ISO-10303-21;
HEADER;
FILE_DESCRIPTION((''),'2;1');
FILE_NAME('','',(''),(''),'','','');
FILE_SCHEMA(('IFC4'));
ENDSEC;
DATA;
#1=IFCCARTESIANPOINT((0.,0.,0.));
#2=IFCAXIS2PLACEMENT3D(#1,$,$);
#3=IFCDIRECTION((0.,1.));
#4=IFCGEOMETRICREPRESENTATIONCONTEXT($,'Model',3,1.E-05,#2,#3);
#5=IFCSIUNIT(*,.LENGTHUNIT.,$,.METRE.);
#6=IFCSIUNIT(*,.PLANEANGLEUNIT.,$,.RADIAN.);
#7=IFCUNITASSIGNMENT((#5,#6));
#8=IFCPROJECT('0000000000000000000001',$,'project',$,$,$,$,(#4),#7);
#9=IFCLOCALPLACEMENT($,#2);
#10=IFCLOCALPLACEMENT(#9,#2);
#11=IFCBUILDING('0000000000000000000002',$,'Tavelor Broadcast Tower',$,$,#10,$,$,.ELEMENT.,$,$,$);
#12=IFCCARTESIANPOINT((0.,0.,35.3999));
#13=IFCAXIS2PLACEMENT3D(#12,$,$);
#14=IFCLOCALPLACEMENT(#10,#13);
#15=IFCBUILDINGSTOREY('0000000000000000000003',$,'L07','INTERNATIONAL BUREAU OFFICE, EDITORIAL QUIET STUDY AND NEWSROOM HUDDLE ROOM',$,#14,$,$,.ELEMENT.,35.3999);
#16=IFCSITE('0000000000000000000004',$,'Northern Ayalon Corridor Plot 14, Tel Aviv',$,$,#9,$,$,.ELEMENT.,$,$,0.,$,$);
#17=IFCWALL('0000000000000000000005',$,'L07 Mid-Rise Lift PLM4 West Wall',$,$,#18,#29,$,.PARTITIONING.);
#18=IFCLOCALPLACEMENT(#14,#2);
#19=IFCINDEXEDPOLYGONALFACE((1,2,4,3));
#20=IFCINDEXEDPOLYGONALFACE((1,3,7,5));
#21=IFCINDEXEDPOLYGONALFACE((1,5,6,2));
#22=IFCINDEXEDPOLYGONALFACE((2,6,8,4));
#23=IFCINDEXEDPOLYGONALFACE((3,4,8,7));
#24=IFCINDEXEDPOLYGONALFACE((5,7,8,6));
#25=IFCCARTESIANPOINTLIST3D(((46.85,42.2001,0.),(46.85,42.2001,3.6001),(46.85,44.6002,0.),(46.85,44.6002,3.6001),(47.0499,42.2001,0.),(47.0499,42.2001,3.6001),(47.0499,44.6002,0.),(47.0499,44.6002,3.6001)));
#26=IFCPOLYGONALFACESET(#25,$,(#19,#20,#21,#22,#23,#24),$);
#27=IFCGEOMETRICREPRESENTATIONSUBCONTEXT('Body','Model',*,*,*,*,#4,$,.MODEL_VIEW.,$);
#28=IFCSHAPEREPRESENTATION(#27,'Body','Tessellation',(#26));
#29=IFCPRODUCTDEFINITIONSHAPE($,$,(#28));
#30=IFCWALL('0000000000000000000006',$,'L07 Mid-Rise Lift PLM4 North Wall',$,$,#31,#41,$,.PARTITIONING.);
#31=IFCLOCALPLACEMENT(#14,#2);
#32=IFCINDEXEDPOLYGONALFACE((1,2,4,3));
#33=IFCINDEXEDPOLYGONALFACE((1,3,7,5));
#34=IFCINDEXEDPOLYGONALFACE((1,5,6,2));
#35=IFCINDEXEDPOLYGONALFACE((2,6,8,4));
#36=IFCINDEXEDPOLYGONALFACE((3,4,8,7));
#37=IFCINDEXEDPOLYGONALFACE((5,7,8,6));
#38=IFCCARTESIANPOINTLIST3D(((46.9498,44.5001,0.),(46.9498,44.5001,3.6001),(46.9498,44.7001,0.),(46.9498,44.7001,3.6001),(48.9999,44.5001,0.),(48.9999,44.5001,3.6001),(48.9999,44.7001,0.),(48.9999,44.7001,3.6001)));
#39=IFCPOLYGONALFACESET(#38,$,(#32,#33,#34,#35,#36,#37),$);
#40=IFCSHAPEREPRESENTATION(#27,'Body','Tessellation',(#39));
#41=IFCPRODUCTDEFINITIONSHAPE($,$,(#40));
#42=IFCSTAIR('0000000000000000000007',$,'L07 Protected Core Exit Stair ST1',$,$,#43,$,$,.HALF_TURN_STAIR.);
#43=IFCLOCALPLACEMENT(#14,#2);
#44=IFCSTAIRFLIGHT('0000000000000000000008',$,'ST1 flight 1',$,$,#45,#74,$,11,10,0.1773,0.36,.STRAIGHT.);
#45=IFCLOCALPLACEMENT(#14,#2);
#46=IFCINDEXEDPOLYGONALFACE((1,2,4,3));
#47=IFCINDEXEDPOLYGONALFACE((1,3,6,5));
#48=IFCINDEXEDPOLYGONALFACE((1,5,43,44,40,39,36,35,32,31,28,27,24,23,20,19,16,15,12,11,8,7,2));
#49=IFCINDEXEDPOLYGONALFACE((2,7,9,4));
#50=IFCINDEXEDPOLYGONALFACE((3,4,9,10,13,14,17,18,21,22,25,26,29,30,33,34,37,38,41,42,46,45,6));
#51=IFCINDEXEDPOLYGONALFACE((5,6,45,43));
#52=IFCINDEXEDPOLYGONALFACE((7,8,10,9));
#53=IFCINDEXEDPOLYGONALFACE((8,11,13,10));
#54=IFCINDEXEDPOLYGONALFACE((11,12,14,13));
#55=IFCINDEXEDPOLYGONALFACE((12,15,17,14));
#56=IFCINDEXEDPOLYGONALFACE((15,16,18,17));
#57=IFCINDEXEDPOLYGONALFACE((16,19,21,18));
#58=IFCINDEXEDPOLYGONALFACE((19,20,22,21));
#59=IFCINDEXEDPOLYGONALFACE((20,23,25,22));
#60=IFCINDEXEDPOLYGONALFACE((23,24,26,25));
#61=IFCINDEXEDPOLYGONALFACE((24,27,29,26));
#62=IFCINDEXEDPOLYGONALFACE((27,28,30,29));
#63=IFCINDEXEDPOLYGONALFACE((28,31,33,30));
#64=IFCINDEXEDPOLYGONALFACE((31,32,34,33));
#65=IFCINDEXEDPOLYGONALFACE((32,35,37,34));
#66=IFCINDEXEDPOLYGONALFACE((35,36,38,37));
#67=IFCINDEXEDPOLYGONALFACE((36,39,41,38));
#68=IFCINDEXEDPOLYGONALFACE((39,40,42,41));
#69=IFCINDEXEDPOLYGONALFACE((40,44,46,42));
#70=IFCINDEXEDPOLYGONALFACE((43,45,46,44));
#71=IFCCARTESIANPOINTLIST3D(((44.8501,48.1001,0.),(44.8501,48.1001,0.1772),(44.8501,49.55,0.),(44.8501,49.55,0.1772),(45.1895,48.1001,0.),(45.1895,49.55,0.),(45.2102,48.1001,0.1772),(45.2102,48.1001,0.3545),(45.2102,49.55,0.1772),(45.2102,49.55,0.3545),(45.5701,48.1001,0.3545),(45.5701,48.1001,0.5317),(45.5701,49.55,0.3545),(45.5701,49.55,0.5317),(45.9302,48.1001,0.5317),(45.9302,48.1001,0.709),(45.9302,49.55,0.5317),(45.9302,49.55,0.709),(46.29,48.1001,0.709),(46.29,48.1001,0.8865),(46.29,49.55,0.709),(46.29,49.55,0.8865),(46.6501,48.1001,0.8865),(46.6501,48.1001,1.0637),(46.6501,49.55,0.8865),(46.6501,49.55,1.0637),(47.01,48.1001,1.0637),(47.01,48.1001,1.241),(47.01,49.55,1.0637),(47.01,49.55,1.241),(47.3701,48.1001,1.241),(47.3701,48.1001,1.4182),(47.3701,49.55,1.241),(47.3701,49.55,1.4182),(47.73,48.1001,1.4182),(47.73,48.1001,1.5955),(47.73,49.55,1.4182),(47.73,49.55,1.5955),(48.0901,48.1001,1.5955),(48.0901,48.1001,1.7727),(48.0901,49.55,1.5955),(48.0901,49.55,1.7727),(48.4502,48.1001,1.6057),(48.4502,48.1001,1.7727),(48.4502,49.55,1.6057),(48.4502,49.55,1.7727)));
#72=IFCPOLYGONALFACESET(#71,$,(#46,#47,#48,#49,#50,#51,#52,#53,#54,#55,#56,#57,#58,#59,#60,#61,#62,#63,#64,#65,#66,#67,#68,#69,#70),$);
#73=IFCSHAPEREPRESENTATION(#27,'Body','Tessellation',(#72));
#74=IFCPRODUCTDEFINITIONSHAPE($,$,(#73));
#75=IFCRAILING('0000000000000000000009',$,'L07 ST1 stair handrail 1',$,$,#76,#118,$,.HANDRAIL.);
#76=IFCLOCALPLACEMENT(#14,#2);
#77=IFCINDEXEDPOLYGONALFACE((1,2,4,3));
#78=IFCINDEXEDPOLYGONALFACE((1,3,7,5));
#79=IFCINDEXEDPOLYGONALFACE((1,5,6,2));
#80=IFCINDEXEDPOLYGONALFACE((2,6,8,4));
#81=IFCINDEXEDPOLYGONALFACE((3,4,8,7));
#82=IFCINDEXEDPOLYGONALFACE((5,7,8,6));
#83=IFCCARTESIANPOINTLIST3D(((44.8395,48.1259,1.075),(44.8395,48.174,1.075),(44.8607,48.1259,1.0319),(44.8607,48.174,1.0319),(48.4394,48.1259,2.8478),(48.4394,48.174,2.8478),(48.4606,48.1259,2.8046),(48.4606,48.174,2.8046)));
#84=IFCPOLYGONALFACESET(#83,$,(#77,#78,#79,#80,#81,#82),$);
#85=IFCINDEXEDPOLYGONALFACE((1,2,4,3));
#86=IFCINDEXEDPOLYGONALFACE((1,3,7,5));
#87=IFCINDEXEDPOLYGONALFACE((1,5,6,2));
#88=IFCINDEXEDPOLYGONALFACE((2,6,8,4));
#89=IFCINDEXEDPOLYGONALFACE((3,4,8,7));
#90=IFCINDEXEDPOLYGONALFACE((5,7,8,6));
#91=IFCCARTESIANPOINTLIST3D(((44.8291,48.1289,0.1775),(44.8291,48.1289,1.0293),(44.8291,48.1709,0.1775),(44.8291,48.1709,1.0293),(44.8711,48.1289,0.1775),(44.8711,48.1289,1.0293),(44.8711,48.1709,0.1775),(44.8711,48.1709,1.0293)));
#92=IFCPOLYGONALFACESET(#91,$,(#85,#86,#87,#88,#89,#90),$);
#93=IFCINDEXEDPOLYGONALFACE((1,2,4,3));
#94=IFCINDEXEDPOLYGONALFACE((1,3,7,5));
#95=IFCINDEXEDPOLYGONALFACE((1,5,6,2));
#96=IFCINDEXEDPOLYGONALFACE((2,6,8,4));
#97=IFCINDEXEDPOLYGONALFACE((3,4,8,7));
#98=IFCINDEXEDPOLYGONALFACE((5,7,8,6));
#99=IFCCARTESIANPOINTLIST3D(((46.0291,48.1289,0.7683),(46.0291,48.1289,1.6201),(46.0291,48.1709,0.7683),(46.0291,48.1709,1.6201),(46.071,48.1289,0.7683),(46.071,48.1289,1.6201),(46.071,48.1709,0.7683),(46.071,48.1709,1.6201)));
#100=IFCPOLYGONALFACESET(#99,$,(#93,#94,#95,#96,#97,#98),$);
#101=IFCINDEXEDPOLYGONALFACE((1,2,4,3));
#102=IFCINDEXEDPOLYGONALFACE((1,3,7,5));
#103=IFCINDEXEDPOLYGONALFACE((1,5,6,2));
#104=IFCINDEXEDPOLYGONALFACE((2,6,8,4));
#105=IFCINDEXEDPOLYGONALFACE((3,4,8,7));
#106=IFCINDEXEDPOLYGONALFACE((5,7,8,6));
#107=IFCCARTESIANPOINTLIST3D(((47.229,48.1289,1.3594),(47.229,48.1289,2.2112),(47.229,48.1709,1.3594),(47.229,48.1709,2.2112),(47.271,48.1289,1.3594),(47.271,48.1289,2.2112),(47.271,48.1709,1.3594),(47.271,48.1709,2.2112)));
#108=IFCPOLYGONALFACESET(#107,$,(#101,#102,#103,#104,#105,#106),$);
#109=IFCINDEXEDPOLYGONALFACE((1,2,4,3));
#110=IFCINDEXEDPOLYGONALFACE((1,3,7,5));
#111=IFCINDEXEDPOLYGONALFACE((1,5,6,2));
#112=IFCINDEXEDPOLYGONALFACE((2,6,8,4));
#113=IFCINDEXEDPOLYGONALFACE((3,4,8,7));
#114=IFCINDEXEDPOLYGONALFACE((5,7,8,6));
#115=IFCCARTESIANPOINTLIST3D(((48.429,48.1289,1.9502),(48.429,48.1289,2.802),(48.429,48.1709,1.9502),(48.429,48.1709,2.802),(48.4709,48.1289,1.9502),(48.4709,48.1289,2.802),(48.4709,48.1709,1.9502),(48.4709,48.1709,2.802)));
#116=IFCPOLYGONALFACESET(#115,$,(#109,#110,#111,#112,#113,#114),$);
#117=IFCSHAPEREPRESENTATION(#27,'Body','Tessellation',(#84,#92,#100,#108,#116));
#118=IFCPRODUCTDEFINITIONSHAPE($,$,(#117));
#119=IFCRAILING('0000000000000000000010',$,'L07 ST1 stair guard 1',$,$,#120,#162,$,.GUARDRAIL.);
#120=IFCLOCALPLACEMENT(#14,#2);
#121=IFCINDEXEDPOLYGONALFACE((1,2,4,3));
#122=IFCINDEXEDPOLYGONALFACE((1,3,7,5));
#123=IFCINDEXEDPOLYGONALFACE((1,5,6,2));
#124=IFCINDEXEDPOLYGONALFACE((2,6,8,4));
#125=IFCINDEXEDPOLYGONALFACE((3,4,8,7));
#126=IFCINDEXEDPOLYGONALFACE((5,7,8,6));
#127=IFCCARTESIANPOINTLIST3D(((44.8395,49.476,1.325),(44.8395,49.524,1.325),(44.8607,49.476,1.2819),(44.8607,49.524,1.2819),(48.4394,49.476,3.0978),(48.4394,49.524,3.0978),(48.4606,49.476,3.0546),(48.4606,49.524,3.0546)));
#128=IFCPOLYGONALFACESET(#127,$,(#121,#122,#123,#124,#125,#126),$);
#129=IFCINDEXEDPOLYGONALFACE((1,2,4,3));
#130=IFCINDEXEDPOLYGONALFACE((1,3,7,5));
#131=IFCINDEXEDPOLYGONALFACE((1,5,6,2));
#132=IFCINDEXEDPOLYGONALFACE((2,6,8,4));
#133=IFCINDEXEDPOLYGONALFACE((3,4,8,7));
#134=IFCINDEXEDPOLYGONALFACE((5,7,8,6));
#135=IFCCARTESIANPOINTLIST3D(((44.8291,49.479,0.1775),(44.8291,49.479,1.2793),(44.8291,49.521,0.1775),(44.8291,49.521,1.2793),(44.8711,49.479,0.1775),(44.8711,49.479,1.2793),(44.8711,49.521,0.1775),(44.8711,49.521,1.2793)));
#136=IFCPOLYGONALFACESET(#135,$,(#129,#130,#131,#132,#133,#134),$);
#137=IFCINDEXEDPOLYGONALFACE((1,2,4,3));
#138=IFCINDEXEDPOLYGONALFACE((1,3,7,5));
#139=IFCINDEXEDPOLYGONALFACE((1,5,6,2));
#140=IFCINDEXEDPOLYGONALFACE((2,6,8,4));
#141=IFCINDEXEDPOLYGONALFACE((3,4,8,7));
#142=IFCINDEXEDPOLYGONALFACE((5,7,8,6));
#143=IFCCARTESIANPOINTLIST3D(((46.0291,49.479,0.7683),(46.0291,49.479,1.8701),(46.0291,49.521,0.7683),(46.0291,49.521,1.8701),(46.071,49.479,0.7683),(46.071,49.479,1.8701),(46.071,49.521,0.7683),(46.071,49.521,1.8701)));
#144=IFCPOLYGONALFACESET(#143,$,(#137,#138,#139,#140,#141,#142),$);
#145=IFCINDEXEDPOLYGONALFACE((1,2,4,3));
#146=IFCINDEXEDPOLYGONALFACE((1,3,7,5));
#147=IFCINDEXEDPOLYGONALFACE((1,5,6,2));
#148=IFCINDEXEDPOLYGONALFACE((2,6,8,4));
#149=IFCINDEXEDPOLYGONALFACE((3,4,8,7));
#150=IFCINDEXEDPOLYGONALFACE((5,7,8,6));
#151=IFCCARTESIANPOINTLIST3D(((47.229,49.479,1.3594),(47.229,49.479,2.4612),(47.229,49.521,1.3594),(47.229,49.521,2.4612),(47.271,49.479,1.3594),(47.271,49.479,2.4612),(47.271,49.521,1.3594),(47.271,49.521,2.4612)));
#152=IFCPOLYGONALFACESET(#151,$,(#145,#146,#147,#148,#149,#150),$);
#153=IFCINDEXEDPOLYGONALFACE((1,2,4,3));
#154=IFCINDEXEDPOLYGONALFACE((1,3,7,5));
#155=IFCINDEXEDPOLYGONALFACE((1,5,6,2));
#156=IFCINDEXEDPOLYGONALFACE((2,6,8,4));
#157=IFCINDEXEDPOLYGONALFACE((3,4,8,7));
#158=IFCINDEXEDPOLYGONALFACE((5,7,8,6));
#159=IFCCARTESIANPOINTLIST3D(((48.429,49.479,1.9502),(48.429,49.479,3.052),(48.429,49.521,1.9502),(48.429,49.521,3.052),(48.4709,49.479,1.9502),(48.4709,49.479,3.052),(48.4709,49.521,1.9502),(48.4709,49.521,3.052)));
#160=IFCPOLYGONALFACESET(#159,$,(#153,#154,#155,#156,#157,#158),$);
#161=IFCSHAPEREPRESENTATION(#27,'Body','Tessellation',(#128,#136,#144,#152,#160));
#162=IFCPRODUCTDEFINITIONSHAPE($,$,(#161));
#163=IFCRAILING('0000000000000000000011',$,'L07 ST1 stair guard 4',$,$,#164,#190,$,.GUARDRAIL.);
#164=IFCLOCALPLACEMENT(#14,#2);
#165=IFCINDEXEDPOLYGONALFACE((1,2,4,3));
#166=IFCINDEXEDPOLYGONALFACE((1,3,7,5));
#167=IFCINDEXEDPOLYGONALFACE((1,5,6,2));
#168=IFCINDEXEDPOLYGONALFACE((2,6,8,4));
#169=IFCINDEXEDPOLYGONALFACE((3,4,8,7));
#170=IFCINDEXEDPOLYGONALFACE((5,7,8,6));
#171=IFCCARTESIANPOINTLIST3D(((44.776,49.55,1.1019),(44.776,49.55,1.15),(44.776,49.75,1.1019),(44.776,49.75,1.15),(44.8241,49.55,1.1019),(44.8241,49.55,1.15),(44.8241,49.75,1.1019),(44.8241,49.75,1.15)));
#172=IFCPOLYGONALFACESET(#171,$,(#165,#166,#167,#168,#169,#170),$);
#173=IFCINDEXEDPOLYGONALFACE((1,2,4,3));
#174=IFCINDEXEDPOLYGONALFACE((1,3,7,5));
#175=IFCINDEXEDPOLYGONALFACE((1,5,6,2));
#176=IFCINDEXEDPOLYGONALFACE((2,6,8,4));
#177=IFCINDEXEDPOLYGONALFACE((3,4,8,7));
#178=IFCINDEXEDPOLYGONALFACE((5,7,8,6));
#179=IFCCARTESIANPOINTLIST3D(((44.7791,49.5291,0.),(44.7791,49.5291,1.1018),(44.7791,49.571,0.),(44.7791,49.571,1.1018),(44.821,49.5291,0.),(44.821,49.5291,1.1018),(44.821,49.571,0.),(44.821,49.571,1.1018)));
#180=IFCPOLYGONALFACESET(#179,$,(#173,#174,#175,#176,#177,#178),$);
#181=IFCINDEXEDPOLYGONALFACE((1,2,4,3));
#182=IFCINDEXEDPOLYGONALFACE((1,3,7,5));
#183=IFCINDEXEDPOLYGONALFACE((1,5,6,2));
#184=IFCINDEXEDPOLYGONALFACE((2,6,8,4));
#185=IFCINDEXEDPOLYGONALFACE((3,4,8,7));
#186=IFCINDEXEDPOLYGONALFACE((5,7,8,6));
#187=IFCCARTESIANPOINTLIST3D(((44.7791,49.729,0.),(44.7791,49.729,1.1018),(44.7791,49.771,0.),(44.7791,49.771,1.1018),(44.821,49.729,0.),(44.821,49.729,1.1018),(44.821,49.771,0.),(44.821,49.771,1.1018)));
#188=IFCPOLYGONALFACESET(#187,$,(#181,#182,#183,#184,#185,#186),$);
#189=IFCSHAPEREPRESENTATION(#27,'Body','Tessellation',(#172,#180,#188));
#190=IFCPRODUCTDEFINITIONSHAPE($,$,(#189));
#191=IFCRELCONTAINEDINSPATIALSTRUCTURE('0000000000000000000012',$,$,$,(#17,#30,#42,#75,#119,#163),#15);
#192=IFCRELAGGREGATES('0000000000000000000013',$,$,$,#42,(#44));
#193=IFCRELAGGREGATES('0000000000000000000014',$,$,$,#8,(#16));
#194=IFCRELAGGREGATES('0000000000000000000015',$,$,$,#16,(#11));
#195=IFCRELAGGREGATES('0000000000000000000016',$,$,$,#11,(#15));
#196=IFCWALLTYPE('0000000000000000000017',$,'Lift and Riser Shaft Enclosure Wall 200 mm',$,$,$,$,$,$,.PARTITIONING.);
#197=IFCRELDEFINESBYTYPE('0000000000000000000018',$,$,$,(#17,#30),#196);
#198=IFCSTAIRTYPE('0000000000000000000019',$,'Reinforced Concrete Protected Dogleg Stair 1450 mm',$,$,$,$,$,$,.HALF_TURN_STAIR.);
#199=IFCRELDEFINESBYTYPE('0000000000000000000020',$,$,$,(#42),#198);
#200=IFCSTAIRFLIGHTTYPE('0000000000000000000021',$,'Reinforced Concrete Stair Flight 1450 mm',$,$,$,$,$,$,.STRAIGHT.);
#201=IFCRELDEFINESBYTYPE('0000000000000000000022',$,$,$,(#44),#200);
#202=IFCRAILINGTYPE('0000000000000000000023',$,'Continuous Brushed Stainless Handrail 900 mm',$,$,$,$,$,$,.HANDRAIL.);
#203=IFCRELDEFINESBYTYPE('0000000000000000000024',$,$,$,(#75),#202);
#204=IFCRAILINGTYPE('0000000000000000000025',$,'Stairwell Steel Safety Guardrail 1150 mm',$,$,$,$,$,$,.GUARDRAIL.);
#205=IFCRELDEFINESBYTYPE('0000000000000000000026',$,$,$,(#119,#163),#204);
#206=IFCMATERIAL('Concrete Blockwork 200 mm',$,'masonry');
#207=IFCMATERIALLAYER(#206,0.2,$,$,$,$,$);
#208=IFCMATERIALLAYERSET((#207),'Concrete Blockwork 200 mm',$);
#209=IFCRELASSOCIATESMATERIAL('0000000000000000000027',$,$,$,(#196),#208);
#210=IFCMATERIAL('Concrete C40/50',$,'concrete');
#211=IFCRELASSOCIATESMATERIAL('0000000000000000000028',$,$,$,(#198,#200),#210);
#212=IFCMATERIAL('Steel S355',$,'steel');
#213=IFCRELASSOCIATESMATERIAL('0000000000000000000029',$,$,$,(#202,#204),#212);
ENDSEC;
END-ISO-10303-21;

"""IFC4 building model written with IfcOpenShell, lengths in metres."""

from ifc_helpers import new_model, si_unit, direction, frame, frame_2d, origin, origin_2d, place, context, subcontext, project, spatial, polyline, rectangle, outline, extrude, material, layer, layer_set, type_object, element, aggregate, save


model = new_model("IFC4")

# Units and contexts
model_context = context("Model", 3, precision=1e-05, world=origin(), true_north=direction((0.0, 1.0)))
body_context = subcontext(model_context, "Body", "Model", "MODEL_VIEW")
ifc_project = project(units=[si_unit("LENGTHUNIT", "METRE"), si_unit("PLANEANGLEUNIT", "RADIAN")], contexts=[model_context])

# Site, building, storey
site_placement = place(None, origin())
site = spatial("IfcSite", under=ifc_project, at=site_placement, Name="Northern Ayalon Corridor Plot 14, Tel Aviv", CompositionType="ELEMENT", RefElevation=0.0)
building_placement = place(site_placement, origin())
building = spatial("IfcBuilding", under=site, at=building_placement, Name="Tavelor Broadcast Tower", CompositionType="ELEMENT")
storey_placement = place(building_placement, frame((0.0, 0.0, 35.3999)))
storey = spatial("IfcBuildingStorey", under=building, at=storey_placement, Name="L07", Description="INTERNATIONAL BUREAU OFFICE, EDITORIAL QUIET STUDY AND NEWSROOM HUDDLE ROOM", CompositionType="ELEMENT", Elevation=35.3999)

# Shared definitions
ifc_material_1 = material(Name="Concrete C40/50", Category="concrete")
ifc_material_2 = material(Name="Steel S355", Category="steel")

# Walls
ifc_material_3 = material(Name="Concrete Blockwork 200 mm", Category="masonry")
ifc_layer_1 = layer(ifc_material_3, 0.2)
ifc_layer_set_1 = layer_set([ifc_layer_1], Name="Concrete Blockwork 200 mm")
wall_type_1 = type_object("IfcWallType", Name="Lift and Riser Shaft Enclosure Wall 200 mm", PredefinedType="PARTITIONING", material=ifc_layer_set_1)
wall_1_placement = place(storey_placement, frame((46.95, 42.2, 0.0), z_axis=(0.0, 0.0, 1.0), x_axis=(0.0, 1.0, 0.0)))
element("IfcWall", 1, at=wall_1_placement, inside=storey, type_object=wall_type_1, Name="L07 Mid-Rise Lift PLM4 West Wall", PredefinedType="PARTITIONING", context=body_context, shape_type="SweptSolid", body=[
    extrude(rectangle(XDim=2.4001, YDim=0.2, at=frame_2d((1.2002, 0.0))), origin(), (0.0, 0.0, 1.0), 3.6001),
])
wall_2_placement = place(storey_placement, frame((46.95, 44.6001, 0.0), z_axis=(0.0, 0.0, 1.0), x_axis=(1.0, 0.0, 0.0)))
element("IfcWall", 2, at=wall_2_placement, inside=storey, type_object=wall_type_1, Name="L07 Mid-Rise Lift PLM4 North Wall", PredefinedType="PARTITIONING", context=body_context, shape_type="SweptSolid", body=[
    extrude(rectangle(XDim=2.05, YDim=0.2, at=frame_2d((1.0249, 0.0))), origin(), (0.0, 0.0, 1.0), 3.6001),
])

# Stair, stair flight
stair_type = type_object("IfcStairType", Name="Reinforced Concrete Protected Dogleg Stair 1450 mm", PredefinedType="HALF_TURN_STAIR", material=ifc_material_1)
stair_placement = place(storey_placement, origin())
stair = element("IfcStair", 3, at=stair_placement, inside=storey, type_object=stair_type, Name="L07 Protected Core Exit Stair ST1", PredefinedType="HALF_TURN_STAIR")
stair_flight_type = type_object("IfcStairFlightType", Name="Reinforced Concrete Stair Flight 1450 mm", PredefinedType="STRAIGHT", material=ifc_material_1)
stair_flight_placement = place(storey_placement, frame((44.8501, 48.825, 0.0), z_axis=(0.0, 0.0, 1.0), x_axis=(1.0, 0.0, 0.0)))
stair_flight = element("IfcStairFlight", 4, at=stair_flight_placement, type_object=stair_flight_type, Name="ST1 flight 1", NumberOfRisers=11, NumberOfTreads=10, PredefinedType="STRAIGHT", RiserHeight=0.1773, TreadLength=0.36, context=body_context, shape_type="SweptSolid", body=[
    extrude(outline(polyline([(0.0, 0.0), (0.0, 0.1772), (0.3601, 0.1772), (0.3601, 0.3545), (0.72, 0.3545), (0.72, 0.5317), (1.0801, 0.5317), (1.0801, 0.709), (1.4399, 0.709), (1.4399, 0.8865), (1.8, 0.8865), (1.8, 1.0637), (2.1599, 1.0637), (2.1599, 1.241), (2.52, 1.241), (2.52, 1.4182), (2.8799, 1.4182), (2.8799, 1.5955), (3.24, 1.5955), (3.24, 1.7727), (3.6001, 1.7727), (3.6001, 1.95), (3.6001, 1.6057), (0.3394, 0.0), (0.0, 0.0)])), frame((0.0, 0.7251, 0.0), z_axis=(0.0, -1.0, 0.0), x_axis=(1.0, 0.0, 0.0)), (0.0, 0.0, 1.0), 1.45),
])
aggregate(stair, [stair_flight])

# Railings
railing_type_1 = type_object("IfcRailingType", Name="Continuous Brushed Stainless Handrail 900 mm", PredefinedType="HANDRAIL", material=ifc_material_2)
railing_1_placement = place(storey_placement, frame((44.8501, 48.1499, 0.1775)))
element("IfcRailing", 5, at=railing_1_placement, inside=storey, type_object=railing_type_1, Name="L07 ST1 stair handrail 1", PredefinedType="HANDRAIL", context=body_context, shape_type="SweptSolid", body=[
    extrude(rectangle(XDim=0.0481, YDim=0.0481, at=origin_2d()), frame((0.0, 0.0, 0.876), z_axis=(0.897124, 0.0, 0.441778), x_axis=(0.0, 1.0, 0.0)), (0.0, 0.0, 1.0), 4.0127),
    extrude(rectangle(XDim=0.042, YDim=0.042, at=origin_2d()), origin(), (0.0, 0.0, 1.0), 0.8518),
    extrude(rectangle(XDim=0.042, YDim=0.042, at=origin_2d()), frame((1.2, 0.0, 0.5908)), (0.0, 0.0, 1.0), 0.8518),
    extrude(rectangle(XDim=0.042, YDim=0.042, at=origin_2d()), frame((2.3999, 0.0, 1.1819)), (0.0, 0.0, 1.0), 0.8518),
    extrude(rectangle(XDim=0.042, YDim=0.042, at=origin_2d()), frame((3.5999, 0.0, 1.7727)), (0.0, 0.0, 1.0), 0.8518),
])
railing_type_2 = type_object("IfcRailingType", Name="Stairwell Steel Safety Guardrail 1150 mm", PredefinedType="GUARDRAIL", material=ifc_material_2)
railing_2_placement = place(storey_placement, frame((44.8501, 49.5, 0.1775)))
element("IfcRailing", 6, at=railing_2_placement, inside=storey, type_object=railing_type_2, Name="L07 ST1 stair guard 1", PredefinedType="GUARDRAIL", context=body_context, shape_type="SweptSolid", body=[
    extrude(rectangle(XDim=0.0481, YDim=0.0481, at=origin_2d()), frame((0.0, 0.0, 1.126), z_axis=(0.897124, 0.0, 0.441778), x_axis=(0.0, 1.0, 0.0)), (0.0, 0.0, 1.0), 4.0127),
    extrude(rectangle(XDim=0.042, YDim=0.042, at=origin_2d()), origin(), (0.0, 0.0, 1.0), 1.1018),
    extrude(rectangle(XDim=0.042, YDim=0.042, at=origin_2d()), frame((1.2, 0.0, 0.5908)), (0.0, 0.0, 1.0), 1.1018),
    extrude(rectangle(XDim=0.042, YDim=0.042, at=origin_2d()), frame((2.3999, 0.0, 1.1819)), (0.0, 0.0, 1.0), 1.1018),
    extrude(rectangle(XDim=0.042, YDim=0.042, at=origin_2d()), frame((3.5999, 0.0, 1.7727)), (0.0, 0.0, 1.0), 1.1018),
])
railing_3_placement = place(storey_placement, frame((44.8, 49.55, 0.0)))
element("IfcRailing", 7, at=railing_3_placement, inside=storey, type_object=railing_type_2, Name="L07 ST1 stair guard 4", PredefinedType="GUARDRAIL", context=body_context, shape_type="SweptSolid", body=[
    extrude(rectangle(XDim=0.0481, YDim=0.0481, at=origin_2d()), frame((0.0, 0.0, 1.126), z_axis=(0.0, 1.0, 0.0), x_axis=(-1.0, 0.0, 0.0)), (0.0, 0.0, 1.0), 0.2),
    extrude(rectangle(XDim=0.042, YDim=0.042, at=origin_2d()), origin(), (0.0, 0.0, 1.0), 1.1018),
    extrude(rectangle(XDim=0.042, YDim=0.042, at=origin_2d()), frame((0.0, 0.2, 0.0)), (0.0, 0.0, 1.0), 1.1018),
])

save(model, "model.ifc")
